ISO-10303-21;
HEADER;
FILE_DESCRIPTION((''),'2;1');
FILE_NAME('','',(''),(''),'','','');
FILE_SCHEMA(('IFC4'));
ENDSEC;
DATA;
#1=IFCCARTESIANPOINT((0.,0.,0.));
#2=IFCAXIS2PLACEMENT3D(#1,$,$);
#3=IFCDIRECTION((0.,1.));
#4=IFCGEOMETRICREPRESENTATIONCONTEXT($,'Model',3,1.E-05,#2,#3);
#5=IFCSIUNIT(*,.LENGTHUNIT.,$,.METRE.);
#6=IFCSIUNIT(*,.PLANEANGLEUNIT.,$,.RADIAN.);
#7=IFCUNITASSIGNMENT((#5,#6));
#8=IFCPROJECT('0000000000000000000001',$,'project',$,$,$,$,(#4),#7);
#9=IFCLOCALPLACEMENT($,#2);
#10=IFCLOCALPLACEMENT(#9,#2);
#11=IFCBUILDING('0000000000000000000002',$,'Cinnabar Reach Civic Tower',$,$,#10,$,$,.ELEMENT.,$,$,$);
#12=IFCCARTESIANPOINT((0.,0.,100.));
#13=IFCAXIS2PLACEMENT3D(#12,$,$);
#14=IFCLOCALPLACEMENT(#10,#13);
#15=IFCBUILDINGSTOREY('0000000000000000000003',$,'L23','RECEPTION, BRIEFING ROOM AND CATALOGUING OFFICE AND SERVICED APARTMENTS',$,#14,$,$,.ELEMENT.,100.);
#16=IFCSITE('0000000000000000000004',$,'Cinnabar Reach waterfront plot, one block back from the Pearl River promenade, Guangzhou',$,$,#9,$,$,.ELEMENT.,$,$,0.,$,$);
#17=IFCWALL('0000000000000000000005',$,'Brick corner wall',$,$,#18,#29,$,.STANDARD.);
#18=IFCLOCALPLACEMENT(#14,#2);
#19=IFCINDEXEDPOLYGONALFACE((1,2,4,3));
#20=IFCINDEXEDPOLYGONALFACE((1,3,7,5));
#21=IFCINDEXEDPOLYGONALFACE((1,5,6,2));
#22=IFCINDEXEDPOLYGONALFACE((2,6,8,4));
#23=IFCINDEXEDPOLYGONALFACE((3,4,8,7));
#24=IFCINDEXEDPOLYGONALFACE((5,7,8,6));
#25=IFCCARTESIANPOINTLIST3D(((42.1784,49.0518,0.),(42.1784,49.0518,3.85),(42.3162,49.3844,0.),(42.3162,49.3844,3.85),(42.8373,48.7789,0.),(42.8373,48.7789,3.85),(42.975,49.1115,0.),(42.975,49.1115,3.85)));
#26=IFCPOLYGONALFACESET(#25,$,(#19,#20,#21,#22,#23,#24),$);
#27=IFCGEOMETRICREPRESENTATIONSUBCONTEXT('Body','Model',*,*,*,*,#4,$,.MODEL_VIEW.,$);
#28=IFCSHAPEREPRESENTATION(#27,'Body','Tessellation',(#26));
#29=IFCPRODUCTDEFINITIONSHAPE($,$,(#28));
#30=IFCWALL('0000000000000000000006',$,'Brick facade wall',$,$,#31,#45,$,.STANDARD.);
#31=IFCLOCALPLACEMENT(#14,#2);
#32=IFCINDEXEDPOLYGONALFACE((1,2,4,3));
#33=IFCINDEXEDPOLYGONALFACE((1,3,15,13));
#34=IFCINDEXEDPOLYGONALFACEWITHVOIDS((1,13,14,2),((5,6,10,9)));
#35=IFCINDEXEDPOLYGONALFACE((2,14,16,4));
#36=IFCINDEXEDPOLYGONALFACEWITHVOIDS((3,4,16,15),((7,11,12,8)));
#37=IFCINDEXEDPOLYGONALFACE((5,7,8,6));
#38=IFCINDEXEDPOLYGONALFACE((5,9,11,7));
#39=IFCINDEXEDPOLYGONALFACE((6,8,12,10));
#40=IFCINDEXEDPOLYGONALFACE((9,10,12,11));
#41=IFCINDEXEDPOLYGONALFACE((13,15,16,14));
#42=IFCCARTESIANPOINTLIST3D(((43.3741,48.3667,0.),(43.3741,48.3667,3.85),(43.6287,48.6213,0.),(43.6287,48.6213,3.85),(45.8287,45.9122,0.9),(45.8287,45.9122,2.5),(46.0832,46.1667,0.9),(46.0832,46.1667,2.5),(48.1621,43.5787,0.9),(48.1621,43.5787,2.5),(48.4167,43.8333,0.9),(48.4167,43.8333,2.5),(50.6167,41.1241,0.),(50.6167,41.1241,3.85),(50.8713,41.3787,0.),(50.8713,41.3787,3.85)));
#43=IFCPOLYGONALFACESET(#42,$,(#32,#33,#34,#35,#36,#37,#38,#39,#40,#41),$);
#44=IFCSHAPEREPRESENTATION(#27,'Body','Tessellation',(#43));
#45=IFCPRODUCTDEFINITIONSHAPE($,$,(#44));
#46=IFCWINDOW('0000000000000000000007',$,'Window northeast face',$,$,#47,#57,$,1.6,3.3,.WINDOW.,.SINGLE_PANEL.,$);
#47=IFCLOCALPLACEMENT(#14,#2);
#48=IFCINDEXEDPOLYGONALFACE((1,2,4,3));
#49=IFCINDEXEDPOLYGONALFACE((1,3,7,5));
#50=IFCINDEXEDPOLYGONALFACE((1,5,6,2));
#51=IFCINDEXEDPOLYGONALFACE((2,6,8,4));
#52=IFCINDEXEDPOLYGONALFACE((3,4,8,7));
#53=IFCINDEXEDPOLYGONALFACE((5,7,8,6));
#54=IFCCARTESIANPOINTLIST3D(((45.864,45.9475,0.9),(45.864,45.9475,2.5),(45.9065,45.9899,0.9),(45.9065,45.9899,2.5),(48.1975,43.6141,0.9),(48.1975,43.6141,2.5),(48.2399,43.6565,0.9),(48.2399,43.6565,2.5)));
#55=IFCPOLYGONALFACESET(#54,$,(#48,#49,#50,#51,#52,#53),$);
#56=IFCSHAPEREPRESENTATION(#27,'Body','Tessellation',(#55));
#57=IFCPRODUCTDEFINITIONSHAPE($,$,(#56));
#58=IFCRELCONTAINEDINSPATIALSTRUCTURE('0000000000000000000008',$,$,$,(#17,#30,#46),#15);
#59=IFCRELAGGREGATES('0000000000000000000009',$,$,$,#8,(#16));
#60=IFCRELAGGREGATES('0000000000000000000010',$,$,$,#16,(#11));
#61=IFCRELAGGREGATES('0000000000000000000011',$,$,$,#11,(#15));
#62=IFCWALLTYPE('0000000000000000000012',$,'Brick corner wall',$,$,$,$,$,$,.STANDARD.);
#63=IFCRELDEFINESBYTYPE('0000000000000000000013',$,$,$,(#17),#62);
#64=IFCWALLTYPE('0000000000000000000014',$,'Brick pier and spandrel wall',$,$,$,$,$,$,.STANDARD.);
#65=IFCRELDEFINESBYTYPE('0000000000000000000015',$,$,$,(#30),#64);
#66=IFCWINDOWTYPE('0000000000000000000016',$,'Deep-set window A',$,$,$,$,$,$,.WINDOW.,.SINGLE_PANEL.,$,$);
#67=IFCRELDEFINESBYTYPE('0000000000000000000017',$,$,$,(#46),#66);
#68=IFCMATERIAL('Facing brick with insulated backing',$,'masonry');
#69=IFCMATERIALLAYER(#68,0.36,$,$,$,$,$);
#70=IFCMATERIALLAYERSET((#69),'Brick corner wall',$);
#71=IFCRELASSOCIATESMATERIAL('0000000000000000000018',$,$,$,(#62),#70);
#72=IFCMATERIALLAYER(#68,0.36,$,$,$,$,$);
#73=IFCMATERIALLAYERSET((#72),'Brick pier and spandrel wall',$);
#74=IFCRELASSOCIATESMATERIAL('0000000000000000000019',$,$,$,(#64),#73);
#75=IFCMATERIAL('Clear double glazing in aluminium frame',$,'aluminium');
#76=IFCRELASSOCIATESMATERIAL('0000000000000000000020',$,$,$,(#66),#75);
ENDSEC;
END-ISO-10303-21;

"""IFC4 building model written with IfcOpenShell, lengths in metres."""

from ifc_helpers import new_model, si_unit, direction, frame, frame_2d, origin, place, context, subcontext, project, spatial, rectangle, extrude, material, layer, layer_set, type_object, element, fill, save


model = new_model("IFC4")

# Units and contexts
model_context = context("Model", 3, precision=1e-05, world=origin(), true_north=direction((0.0, 1.0)))
body_context = subcontext(model_context, "Body", "Model", "MODEL_VIEW")
ifc_project = project(units=[si_unit("LENGTHUNIT", "METRE"), si_unit("PLANEANGLEUNIT", "RADIAN")], contexts=[model_context])

# Site, building, storey
site_placement = place(None, origin())
site = spatial("IfcSite", under=ifc_project, at=site_placement, Name="Cinnabar Reach waterfront plot, one block back from the Pearl River promenade, Guangzhou", CompositionType="ELEMENT", RefElevation=0.0)
building_placement = place(site_placement, origin())
building = spatial("IfcBuilding", under=site, at=building_placement, Name="Cinnabar Reach Civic Tower", CompositionType="ELEMENT")
storey_placement = place(building_placement, frame((0.0, 0.0, 100.0)))
storey = spatial("IfcBuildingStorey", under=building, at=storey_placement, Name="L23", Description="RECEPTION, BRIEFING ROOM AND CATALOGUING OFFICE AND SERVICED APARTMENTS", CompositionType="ELEMENT", Elevation=100.0)

# Wall
ifc_material_1 = material(Name="Facing brick with insulated backing", Category="masonry")
ifc_layer_1 = layer(ifc_material_1, 0.36)
ifc_layer_set_1 = layer_set([ifc_layer_1], Name="Brick corner wall")
wall_type_1 = type_object("IfcWallType", Name="Brick corner wall", PredefinedType="STANDARD", material=ifc_layer_set_1)
wall_1_placement = place(storey_placement, frame((42.9061, 48.9452, 0.0), z_axis=(0.0, 0.0, 1.0), x_axis=(-0.923872, 0.382703, 0.0)))
element("IfcWall", 1, at=wall_1_placement, inside=storey, type_object=wall_type_1, Name="Brick corner wall", PredefinedType="STANDARD", context=body_context, shape_type="SweptSolid", body=[
    extrude(rectangle(XDim=0.7131, YDim=0.36, at=frame_2d((0.3565, 0.0))), origin(), (0.0, 0.0, 1.0), 3.85),
])

# Wall, opening, window
ifc_layer_2 = layer(ifc_material_1, 0.36)
ifc_layer_set_2 = layer_set([ifc_layer_2], Name="Brick pier and spandrel wall")
wall_type_2 = type_object("IfcWallType", Name="Brick pier and spandrel wall", PredefinedType="STANDARD", material=ifc_layer_set_2)
wall_2_placement = place(storey_placement, frame((50.744, 41.2514, 0.0), z_axis=(0.0, 0.0, 1.0), x_axis=(-0.707107, 0.707107, 0.0)))
wall_2 = element("IfcWall", 2, at=wall_2_placement, inside=storey, type_object=wall_type_2, Name="Brick facade wall", PredefinedType="STANDARD", context=body_context, shape_type="SweptSolid", body=[
    extrude(rectangle(XDim=10.2426, YDim=0.36, at=frame_2d((5.1213, 0.0))), origin(), (0.0, 0.0, 1.0), 3.85),
])
opening_placement = place(wall_2_placement, frame((3.4713, 0.0, 0.9)))
opening = element("IfcOpeningElement", 3, at=opening_placement, cuts=wall_2, PredefinedType="OPENING", context=body_context, shape_type="SweptSolid", body=[
    extrude(rectangle(XDim=3.3, YDim=1.6, at=frame_2d((1.65, 0.8))), frame((0.0, 0.19, 0.0), z_axis=(0.0, -1.0, 0.0), x_axis=(1.0, 0.0, 0.0)), (0.0, 0.0, 1.0), 0.38),
])
ifc_material_2 = material(Name="Clear double glazing in aluminium frame", Category="aluminium")
window_type = type_object("IfcWindowType", Name="Deep-set window A", PartitioningType="SINGLE_PANEL", PredefinedType="WINDOW", material=ifc_material_2)
window_placement = place(opening_placement, origin())
window = element("IfcWindow", 4, at=window_placement, inside=storey, type_object=window_type, Name="Window northeast face", OverallHeight=1.6, OverallWidth=3.3, PartitioningType="SINGLE_PANEL", PredefinedType="WINDOW", context=body_context, shape_type="SweptSolid", body=[
    extrude(rectangle(XDim=3.3, YDim=1.6, at=frame_2d((1.65, 0.8))), frame((0.0, 0.13, 0.0), z_axis=(0.0, -1.0, 0.0), x_axis=(1.0, 0.0, 0.0)), (0.0, 0.0, 1.0), 0.06),
])
fill(opening, window)

save(model, "model.ifc")
